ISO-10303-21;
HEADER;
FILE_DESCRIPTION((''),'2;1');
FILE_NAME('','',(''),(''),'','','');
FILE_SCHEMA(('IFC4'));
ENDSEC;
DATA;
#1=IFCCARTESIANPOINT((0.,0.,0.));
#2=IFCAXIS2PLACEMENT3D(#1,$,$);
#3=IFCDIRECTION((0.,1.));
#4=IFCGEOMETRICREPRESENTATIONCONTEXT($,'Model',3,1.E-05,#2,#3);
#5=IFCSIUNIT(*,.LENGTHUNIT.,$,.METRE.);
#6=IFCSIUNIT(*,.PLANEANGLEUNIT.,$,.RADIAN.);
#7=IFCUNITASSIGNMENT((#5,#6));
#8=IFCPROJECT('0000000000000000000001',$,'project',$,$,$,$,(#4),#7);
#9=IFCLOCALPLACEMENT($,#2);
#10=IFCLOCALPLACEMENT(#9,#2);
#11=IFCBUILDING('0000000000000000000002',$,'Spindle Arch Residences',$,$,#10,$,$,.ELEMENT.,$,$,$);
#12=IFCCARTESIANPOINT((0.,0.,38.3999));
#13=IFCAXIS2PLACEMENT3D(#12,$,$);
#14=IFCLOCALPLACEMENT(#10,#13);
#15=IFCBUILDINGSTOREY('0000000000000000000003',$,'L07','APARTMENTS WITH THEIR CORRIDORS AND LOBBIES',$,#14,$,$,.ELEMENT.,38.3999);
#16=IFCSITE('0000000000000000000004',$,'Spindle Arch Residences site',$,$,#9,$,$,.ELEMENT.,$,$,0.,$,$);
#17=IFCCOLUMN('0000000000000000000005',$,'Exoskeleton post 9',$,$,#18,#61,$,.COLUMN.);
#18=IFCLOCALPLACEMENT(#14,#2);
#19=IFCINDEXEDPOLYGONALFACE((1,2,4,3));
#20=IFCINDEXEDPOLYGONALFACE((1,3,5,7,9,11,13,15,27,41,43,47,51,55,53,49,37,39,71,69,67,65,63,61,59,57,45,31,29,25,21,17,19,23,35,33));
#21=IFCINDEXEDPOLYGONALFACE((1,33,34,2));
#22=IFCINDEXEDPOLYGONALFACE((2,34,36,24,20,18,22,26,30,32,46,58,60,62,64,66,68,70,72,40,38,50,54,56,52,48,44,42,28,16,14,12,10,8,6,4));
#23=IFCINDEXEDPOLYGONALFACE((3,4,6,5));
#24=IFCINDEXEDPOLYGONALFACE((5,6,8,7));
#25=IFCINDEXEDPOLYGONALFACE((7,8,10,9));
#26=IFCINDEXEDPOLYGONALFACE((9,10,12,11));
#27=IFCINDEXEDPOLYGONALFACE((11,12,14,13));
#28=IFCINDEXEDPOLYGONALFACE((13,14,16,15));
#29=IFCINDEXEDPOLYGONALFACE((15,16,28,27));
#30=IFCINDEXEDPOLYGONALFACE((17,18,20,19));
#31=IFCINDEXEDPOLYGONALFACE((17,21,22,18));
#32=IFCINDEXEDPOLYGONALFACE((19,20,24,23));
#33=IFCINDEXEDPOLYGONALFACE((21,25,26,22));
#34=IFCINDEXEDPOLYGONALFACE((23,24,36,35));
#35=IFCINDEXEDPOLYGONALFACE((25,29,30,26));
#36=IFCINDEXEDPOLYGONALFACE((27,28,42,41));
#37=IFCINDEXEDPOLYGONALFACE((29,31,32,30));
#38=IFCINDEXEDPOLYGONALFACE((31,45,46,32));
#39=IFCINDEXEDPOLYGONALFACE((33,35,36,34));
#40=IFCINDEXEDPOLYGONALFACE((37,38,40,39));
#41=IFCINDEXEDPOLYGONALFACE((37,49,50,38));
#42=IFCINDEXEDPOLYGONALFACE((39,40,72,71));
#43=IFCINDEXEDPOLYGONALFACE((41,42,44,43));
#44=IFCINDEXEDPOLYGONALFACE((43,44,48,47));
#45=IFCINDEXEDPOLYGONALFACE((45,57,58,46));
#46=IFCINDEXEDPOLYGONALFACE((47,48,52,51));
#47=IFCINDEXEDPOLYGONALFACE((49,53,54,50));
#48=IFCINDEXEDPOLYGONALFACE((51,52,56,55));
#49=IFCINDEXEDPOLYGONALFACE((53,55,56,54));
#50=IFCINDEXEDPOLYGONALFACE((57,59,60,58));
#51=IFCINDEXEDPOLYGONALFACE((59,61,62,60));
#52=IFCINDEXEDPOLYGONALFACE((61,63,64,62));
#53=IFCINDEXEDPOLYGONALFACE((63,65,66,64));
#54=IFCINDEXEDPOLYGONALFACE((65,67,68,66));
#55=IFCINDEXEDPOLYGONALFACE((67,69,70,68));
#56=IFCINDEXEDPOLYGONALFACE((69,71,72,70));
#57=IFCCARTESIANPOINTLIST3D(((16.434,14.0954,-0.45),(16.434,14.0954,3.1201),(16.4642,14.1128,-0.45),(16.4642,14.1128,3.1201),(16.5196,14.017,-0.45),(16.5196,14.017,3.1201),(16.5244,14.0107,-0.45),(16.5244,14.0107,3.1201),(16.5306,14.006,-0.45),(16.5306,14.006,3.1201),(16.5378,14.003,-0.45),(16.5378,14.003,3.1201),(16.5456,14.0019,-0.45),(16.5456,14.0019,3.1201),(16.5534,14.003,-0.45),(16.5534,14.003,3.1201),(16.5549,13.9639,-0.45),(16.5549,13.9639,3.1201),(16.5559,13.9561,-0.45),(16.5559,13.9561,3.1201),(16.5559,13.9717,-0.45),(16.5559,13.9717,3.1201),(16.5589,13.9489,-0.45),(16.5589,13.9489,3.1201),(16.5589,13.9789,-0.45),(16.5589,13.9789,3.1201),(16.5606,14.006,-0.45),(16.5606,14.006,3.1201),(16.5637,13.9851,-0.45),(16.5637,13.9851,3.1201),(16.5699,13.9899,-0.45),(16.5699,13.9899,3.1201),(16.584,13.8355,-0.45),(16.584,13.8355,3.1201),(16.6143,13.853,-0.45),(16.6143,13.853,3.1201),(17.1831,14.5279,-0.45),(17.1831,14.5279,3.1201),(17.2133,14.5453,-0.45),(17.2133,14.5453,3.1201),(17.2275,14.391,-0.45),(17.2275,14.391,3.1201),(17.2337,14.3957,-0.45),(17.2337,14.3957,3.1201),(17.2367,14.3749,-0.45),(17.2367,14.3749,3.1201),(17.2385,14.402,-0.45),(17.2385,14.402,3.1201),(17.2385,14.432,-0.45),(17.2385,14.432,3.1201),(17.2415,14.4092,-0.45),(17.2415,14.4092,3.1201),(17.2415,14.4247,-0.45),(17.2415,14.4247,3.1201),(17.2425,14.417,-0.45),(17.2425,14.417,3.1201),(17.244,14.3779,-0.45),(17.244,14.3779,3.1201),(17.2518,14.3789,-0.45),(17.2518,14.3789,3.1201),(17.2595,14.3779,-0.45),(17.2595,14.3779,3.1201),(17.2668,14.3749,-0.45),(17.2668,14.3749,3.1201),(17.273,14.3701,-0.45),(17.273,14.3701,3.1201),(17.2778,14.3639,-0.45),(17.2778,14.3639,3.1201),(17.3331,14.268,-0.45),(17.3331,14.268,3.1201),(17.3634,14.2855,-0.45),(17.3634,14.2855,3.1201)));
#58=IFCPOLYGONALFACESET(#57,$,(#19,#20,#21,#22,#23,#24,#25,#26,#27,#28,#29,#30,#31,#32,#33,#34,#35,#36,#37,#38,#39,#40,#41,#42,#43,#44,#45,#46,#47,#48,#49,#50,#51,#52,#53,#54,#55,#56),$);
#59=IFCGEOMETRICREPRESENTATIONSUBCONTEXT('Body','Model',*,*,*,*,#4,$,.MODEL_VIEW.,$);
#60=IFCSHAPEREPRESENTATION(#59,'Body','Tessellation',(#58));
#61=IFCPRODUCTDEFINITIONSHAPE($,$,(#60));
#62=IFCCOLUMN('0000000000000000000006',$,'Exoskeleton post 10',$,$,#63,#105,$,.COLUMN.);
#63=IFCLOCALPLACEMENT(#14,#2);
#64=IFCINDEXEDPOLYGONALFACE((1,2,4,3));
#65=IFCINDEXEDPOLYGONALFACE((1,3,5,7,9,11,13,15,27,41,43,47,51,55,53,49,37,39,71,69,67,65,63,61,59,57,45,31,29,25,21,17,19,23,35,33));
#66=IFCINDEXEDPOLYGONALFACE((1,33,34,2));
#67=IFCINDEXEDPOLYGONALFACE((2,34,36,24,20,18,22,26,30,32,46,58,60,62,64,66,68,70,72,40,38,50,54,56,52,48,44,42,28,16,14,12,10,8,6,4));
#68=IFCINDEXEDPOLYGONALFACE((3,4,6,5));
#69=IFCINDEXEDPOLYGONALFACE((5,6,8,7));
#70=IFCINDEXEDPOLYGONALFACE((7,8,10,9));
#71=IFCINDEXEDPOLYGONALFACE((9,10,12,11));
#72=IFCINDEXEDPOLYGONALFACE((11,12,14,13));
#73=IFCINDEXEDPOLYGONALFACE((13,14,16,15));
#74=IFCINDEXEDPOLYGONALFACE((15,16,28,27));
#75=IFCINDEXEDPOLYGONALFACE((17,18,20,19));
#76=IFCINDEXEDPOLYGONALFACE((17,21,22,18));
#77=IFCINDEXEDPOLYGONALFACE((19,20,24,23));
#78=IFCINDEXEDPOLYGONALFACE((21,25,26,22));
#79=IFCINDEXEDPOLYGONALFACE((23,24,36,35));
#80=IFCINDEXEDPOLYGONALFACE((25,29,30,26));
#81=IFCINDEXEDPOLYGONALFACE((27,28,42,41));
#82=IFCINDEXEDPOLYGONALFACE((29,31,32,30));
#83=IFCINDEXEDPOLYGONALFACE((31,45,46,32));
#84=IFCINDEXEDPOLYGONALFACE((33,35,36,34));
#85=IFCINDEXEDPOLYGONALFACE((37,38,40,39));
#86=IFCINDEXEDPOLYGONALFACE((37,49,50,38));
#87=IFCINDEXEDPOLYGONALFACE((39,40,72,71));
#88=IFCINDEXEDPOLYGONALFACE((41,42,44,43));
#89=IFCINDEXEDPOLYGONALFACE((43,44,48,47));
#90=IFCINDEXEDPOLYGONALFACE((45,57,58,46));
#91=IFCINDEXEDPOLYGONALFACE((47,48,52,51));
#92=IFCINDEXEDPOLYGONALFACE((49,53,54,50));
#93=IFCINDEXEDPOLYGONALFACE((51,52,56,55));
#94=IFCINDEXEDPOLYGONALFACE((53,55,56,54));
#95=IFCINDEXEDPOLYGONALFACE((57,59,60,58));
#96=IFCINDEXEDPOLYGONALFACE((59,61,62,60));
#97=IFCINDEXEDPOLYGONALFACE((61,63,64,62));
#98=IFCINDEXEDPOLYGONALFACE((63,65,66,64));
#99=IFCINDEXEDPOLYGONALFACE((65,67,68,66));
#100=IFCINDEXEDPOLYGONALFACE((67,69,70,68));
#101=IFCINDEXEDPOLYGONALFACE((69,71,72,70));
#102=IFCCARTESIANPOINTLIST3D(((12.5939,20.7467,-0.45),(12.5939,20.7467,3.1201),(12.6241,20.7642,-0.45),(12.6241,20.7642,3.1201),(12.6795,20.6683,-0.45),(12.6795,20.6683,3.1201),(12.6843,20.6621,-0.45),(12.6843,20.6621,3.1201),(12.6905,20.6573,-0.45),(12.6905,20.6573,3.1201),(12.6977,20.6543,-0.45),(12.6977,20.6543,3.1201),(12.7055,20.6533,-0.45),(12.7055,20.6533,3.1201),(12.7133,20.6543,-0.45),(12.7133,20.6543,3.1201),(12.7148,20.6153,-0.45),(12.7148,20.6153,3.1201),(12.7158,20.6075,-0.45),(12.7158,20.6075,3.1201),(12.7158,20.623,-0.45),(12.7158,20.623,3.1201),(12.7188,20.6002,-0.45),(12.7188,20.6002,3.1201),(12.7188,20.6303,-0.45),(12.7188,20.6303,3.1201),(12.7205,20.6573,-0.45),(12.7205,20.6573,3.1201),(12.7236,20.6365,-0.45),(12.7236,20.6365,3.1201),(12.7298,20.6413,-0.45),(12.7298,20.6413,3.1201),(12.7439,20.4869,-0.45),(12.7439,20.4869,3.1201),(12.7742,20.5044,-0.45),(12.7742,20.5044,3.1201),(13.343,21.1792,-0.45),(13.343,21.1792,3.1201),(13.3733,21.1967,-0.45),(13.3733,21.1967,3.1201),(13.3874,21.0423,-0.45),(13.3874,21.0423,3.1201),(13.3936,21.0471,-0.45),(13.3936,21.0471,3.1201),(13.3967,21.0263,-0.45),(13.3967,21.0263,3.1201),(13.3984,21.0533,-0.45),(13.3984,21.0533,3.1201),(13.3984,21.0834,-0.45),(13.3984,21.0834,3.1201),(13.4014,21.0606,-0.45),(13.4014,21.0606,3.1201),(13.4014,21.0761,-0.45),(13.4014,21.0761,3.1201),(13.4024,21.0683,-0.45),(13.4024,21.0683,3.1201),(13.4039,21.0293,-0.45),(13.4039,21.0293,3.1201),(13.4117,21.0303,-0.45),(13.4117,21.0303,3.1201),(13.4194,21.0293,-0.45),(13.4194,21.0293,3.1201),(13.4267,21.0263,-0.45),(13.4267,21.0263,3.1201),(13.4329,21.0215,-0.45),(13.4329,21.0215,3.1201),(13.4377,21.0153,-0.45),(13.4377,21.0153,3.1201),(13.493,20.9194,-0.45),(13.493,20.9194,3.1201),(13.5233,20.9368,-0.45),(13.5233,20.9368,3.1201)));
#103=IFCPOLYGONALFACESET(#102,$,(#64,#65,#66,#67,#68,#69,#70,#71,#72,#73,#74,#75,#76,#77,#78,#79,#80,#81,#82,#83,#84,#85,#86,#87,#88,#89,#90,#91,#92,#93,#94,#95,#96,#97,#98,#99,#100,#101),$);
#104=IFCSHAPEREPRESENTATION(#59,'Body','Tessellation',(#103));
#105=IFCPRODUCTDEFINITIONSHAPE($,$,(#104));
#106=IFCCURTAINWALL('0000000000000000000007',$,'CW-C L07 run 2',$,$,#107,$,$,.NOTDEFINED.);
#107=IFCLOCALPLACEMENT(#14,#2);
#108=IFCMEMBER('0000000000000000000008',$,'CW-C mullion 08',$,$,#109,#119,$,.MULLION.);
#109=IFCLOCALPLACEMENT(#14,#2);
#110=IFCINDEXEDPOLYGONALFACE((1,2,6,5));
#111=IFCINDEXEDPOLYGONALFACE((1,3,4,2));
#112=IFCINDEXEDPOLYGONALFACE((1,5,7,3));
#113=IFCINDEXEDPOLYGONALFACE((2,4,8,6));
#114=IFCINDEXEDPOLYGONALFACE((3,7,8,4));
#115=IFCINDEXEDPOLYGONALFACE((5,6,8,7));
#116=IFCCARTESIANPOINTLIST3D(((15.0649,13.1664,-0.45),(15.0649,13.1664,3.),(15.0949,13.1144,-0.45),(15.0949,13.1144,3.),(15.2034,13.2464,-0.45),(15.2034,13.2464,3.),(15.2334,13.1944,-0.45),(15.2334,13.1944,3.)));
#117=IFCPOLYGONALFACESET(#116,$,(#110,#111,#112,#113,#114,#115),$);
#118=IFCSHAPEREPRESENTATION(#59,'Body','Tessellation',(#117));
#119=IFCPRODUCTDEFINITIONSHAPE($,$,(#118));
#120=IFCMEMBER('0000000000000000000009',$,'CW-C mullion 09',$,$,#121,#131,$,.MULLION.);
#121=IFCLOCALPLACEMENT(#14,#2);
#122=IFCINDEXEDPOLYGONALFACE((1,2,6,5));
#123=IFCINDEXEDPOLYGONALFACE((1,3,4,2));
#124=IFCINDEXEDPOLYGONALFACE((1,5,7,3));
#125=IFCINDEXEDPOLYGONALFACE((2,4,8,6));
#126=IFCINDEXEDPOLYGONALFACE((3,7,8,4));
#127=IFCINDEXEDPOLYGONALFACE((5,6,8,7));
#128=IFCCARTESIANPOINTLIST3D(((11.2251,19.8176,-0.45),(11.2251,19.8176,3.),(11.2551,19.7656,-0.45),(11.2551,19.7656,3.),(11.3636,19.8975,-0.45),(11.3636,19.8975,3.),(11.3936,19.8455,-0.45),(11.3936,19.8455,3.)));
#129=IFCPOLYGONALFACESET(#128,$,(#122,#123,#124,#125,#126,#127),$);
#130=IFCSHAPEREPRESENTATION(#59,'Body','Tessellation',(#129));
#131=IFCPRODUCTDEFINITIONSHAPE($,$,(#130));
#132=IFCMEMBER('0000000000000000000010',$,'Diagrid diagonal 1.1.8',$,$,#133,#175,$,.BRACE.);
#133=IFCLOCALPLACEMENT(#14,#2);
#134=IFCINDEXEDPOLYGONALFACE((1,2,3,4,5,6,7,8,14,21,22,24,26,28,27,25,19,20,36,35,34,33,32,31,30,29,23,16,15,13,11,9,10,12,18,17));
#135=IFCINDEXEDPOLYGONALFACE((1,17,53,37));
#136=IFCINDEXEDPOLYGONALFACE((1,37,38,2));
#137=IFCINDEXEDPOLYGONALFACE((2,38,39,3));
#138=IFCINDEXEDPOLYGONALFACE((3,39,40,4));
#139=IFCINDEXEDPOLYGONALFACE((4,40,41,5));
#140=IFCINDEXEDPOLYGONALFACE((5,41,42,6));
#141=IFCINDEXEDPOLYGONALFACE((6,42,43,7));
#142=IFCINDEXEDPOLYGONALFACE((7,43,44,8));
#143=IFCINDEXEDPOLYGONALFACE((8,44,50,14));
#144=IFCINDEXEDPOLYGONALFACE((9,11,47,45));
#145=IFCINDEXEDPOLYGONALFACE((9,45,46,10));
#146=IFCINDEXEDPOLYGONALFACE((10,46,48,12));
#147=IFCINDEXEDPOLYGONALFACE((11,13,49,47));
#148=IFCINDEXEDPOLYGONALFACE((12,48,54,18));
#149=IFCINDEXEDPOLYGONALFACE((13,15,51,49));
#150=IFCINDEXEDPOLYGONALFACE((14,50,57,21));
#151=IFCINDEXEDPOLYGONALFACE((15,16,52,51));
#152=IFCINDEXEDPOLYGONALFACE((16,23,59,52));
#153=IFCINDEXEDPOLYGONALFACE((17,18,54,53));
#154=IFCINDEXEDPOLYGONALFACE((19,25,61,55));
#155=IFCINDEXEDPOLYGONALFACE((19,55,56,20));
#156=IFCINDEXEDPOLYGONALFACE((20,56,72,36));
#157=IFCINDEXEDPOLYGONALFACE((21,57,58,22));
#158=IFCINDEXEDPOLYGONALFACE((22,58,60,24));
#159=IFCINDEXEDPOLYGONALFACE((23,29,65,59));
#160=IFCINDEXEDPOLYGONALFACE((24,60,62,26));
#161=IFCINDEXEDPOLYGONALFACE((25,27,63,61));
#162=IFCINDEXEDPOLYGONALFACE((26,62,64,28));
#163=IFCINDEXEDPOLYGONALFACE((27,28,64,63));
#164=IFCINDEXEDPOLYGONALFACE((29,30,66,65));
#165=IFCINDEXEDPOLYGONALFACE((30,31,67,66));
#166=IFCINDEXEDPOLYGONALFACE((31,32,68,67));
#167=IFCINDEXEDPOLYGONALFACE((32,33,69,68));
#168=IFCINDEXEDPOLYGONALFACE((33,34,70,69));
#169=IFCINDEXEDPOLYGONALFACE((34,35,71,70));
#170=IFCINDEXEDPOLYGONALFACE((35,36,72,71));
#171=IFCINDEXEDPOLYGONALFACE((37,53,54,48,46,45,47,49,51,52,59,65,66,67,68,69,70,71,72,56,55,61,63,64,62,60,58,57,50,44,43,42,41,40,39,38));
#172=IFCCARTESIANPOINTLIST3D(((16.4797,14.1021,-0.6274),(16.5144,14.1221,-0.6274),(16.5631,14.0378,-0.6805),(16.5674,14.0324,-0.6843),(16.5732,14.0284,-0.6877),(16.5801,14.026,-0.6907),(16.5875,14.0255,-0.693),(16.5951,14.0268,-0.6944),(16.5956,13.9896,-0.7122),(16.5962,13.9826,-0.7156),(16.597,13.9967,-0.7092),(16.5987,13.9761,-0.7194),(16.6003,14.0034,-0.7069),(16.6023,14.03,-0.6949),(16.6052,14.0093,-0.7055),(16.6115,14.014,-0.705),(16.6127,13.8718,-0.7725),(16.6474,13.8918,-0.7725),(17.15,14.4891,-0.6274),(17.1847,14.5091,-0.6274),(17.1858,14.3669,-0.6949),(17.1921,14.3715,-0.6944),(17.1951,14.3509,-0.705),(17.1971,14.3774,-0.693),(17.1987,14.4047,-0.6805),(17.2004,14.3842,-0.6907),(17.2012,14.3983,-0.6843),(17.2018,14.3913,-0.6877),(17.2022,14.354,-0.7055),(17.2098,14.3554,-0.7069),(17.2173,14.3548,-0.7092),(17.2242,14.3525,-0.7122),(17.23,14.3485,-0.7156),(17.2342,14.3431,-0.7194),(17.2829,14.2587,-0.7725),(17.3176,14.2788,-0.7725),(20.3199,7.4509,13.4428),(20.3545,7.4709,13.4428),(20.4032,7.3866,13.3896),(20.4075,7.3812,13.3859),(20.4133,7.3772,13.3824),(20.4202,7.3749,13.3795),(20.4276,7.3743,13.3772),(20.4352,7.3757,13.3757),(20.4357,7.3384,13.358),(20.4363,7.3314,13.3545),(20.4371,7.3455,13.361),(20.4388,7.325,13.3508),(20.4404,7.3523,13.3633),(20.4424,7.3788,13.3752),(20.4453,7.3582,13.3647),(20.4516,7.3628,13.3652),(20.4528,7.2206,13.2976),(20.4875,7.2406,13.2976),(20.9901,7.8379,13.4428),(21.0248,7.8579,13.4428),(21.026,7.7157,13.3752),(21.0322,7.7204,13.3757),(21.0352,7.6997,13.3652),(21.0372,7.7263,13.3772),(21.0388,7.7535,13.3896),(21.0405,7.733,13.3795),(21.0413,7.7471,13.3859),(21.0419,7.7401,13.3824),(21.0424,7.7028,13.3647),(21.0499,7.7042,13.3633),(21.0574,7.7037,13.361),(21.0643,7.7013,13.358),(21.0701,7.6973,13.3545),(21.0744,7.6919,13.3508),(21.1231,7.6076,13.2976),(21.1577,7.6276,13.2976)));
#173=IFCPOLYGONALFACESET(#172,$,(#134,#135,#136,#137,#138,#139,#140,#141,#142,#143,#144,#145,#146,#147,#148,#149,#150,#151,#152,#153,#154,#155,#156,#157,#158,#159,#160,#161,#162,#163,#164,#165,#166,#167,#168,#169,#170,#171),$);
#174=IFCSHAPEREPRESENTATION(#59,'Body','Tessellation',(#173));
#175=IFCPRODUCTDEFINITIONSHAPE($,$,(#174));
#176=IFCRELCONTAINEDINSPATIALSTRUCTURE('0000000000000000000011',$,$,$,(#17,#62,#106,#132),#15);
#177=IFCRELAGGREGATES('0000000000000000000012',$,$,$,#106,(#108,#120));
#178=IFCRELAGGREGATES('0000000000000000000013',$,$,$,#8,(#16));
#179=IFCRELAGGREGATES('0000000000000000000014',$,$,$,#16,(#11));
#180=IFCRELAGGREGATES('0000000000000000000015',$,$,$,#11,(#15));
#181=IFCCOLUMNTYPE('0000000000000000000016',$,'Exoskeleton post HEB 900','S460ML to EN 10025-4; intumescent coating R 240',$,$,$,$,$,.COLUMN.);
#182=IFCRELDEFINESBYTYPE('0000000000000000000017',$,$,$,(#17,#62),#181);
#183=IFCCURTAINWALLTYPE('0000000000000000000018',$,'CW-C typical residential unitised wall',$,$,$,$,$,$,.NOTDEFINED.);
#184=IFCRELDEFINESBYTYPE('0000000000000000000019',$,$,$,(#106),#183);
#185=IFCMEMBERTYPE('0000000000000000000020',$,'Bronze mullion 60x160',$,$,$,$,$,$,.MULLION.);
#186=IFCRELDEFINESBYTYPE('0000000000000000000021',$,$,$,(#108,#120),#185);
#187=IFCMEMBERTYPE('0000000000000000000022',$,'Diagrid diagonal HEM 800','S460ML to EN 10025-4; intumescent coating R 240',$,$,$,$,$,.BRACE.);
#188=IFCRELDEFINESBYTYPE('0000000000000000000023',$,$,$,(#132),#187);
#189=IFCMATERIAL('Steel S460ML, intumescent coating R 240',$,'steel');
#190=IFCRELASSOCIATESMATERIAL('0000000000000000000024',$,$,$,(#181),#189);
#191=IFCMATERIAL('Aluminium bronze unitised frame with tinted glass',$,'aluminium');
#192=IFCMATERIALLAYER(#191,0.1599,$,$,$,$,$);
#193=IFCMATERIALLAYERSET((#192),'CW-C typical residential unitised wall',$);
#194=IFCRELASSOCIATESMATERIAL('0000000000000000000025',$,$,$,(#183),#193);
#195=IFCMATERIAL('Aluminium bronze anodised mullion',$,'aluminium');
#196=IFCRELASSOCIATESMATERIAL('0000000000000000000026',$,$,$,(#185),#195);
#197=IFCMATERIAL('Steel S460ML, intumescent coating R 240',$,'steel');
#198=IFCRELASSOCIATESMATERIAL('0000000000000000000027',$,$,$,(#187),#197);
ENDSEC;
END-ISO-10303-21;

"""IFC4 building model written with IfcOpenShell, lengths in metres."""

from ifc_helpers import new_model, si_unit, direction, frame, origin, origin_2d, place, context, subcontext, project, spatial, rectangle, i_section, extrude, material, layer, layer_set, material_profile, profile_set, type_object, element, aggregate, save


model = new_model("IFC4")

# Units and contexts
model_context = context("Model", 3, precision=1e-05, world=origin(), true_north=direction((0.0, 1.0)))
body_context = subcontext(model_context, "Body", "Model", "MODEL_VIEW")
ifc_project = project(units=[si_unit("LENGTHUNIT", "METRE"), si_unit("PLANEANGLEUNIT", "RADIAN")], contexts=[model_context])

# Site, building, storey
site_placement = place(None, origin())
site = spatial("IfcSite", under=ifc_project, at=site_placement, Name="Spindle Arch Residences site", CompositionType="ELEMENT", RefElevation=0.0)
building_placement = place(site_placement, origin())
building = spatial("IfcBuilding", under=site, at=building_placement, Name="Spindle Arch Residences", CompositionType="ELEMENT")
storey_placement = place(building_placement, frame((0.0, 0.0, 38.3999)))
storey = spatial("IfcBuildingStorey", under=building, at=storey_placement, Name="L07", Description="APARTMENTS WITH THEIR CORRIDORS AND LOBBIES", CompositionType="ELEMENT", Elevation=38.3999)

# Columns
ifc_material_1 = material(Name="Steel S460ML, intumescent coating R 240", Category="steel")
ifc_material_profile_1 = material_profile(ifc_material_1, i_section(OverallWidth=0.3, OverallDepth=0.8999, WebThickness=0.0186, FlangeThickness=0.0349, FilletRadius=0.03, at=origin_2d()), Name="HEB 900")
ifc_profile_set_1 = profile_set([ifc_material_profile_1], Name="Steel S460ML, intumescent coating R 240")
column_type = type_object("IfcColumnType", Name="Exoskeleton post HEB 900", Description="S460ML to EN 10025-4; intumescent coating R 240", PredefinedType="COLUMN", material=ifc_profile_set_1)
for number, where, z_axis, x_axis, name in (
    (1, (16.8987, 14.1904, -0.45), (0.0, 0.0, 1.0), (0.5, -0.866025, 0.0), "Exoskeleton post 9"),
    (2, (13.0586, 20.8418, -0.45), (0.0, 0.0, 1.0), (0.5, -0.866025, 0.0), "Exoskeleton post 10"),
):
    element("IfcColumn", number, at=place(storey_placement, frame(where, z_axis=z_axis, x_axis=x_axis)), inside=storey, type_object=column_type, Name=name, PredefinedType="COLUMN", context=body_context, shape_type="SweptSolid", body=[
        extrude(i_section(OverallWidth=0.3, OverallDepth=0.8999, WebThickness=0.0186, FlangeThickness=0.0349, FilletRadius=0.03, at=origin_2d()), origin(), (0.0, 0.0, 1.0), 3.5701),
    ])

# Curtain wall, members
ifc_material_2 = material(Name="Aluminium bronze unitised frame with tinted glass", Category="aluminium")
ifc_layer_1 = layer(ifc_material_2, 0.1599)
ifc_layer_set_1 = layer_set([ifc_layer_1], Name="CW-C typical residential unitised wall")
curtain_wall_type = type_object("IfcCurtainWallType", Name="CW-C typical residential unitised wall", PredefinedType="NOTDEFINED", material=ifc_layer_set_1)
curtain_wall_placement = place(storey_placement, origin())
curtain_wall = element("IfcCurtainWall", 3, at=curtain_wall_placement, inside=storey, type_object=curtain_wall_type, Name="CW-C L07 run 2", PredefinedType="NOTDEFINED")
ifc_material_3 = material(Name="Aluminium bronze anodised mullion", Category="aluminium")
ifc_material_profile_2 = material_profile(ifc_material_3, rectangle(XDim=0.1599, YDim=0.0601, at=origin_2d()), Name="MU 60x160")
ifc_profile_set_2 = profile_set([ifc_material_profile_2], Name="Aluminium bronze anodised mullion")
member_type_1 = type_object("IfcMemberType", Name="Bronze mullion 60x160", PredefinedType="MULLION", material=ifc_profile_set_2)
member_1_placement = place(storey_placement, frame((15.1492, 13.1804, -0.45), z_axis=(0.0, 0.0, 1.0), x_axis=(-0.866025, -0.5, 0.0)))
member_1 = element("IfcMember", 4, at=member_1_placement, type_object=member_type_1, Name="CW-C mullion 08", PredefinedType="MULLION", context=body_context, shape_type="SweptSolid", body=[
    extrude(rectangle(XDim=0.1599, YDim=0.0601, at=origin_2d()), origin(), (0.0, 0.0, 1.0), 3.45),
])
member_2_placement = place(storey_placement, frame((11.3093, 19.8315, -0.45), z_axis=(0.0, 0.0, 1.0), x_axis=(-0.866025, -0.5, 0.0)))
member_2 = element("IfcMember", 5, at=member_2_placement, type_object=member_type_1, Name="CW-C mullion 09", PredefinedType="MULLION", context=body_context, shape_type="SweptSolid", body=[
    extrude(rectangle(XDim=0.1599, YDim=0.0601, at=origin_2d()), origin(), (0.0, 0.0, 1.0), 3.45),
])

# Member
ifc_material_4 = material(Name="Steel S460ML, intumescent coating R 240", Category="steel")
ifc_material_profile_3 = material_profile(ifc_material_4, i_section(OverallWidth=0.303, OverallDepth=0.814, WebThickness=0.021, FlangeThickness=0.04, FilletRadius=0.03, at=origin_2d()), Name="HEM 800")
ifc_profile_set_3 = profile_set([ifc_material_profile_3], Name="Steel S460ML, intumescent coating R 240")
member_type_2 = type_object("IfcMemberType", Name="Diagrid diagonal HEM 800", Description="S460ML to EN 10025-4; intumescent coating R 240", PredefinedType="BRACE", material=ifc_profile_set_3)
for number, where, z_axis, x_axis, name in (
    (6, (16.8987, 14.1904, -0.7), (0.239561, -0.414926, 0.877751), (-0.438881, 0.760152, 0.479117), "Diagrid diagonal 1.1.8"),
):
    element("IfcMember", number, at=place(storey_placement, frame(where, z_axis=z_axis, x_axis=x_axis)), inside=storey, type_object=member_type_2, Name=name, PredefinedType="BRACE", context=body_context, shape_type="SweptSolid", body=[
        extrude(i_section(OverallWidth=0.303, OverallDepth=0.814, WebThickness=0.021, FlangeThickness=0.04, FilletRadius=0.03, at=origin_2d()), origin(), (0.0, 0.0, 1.0), 16.0298),
    ])

aggregate(curtain_wall, [member_1, member_2])

save(model, "model.ifc")
